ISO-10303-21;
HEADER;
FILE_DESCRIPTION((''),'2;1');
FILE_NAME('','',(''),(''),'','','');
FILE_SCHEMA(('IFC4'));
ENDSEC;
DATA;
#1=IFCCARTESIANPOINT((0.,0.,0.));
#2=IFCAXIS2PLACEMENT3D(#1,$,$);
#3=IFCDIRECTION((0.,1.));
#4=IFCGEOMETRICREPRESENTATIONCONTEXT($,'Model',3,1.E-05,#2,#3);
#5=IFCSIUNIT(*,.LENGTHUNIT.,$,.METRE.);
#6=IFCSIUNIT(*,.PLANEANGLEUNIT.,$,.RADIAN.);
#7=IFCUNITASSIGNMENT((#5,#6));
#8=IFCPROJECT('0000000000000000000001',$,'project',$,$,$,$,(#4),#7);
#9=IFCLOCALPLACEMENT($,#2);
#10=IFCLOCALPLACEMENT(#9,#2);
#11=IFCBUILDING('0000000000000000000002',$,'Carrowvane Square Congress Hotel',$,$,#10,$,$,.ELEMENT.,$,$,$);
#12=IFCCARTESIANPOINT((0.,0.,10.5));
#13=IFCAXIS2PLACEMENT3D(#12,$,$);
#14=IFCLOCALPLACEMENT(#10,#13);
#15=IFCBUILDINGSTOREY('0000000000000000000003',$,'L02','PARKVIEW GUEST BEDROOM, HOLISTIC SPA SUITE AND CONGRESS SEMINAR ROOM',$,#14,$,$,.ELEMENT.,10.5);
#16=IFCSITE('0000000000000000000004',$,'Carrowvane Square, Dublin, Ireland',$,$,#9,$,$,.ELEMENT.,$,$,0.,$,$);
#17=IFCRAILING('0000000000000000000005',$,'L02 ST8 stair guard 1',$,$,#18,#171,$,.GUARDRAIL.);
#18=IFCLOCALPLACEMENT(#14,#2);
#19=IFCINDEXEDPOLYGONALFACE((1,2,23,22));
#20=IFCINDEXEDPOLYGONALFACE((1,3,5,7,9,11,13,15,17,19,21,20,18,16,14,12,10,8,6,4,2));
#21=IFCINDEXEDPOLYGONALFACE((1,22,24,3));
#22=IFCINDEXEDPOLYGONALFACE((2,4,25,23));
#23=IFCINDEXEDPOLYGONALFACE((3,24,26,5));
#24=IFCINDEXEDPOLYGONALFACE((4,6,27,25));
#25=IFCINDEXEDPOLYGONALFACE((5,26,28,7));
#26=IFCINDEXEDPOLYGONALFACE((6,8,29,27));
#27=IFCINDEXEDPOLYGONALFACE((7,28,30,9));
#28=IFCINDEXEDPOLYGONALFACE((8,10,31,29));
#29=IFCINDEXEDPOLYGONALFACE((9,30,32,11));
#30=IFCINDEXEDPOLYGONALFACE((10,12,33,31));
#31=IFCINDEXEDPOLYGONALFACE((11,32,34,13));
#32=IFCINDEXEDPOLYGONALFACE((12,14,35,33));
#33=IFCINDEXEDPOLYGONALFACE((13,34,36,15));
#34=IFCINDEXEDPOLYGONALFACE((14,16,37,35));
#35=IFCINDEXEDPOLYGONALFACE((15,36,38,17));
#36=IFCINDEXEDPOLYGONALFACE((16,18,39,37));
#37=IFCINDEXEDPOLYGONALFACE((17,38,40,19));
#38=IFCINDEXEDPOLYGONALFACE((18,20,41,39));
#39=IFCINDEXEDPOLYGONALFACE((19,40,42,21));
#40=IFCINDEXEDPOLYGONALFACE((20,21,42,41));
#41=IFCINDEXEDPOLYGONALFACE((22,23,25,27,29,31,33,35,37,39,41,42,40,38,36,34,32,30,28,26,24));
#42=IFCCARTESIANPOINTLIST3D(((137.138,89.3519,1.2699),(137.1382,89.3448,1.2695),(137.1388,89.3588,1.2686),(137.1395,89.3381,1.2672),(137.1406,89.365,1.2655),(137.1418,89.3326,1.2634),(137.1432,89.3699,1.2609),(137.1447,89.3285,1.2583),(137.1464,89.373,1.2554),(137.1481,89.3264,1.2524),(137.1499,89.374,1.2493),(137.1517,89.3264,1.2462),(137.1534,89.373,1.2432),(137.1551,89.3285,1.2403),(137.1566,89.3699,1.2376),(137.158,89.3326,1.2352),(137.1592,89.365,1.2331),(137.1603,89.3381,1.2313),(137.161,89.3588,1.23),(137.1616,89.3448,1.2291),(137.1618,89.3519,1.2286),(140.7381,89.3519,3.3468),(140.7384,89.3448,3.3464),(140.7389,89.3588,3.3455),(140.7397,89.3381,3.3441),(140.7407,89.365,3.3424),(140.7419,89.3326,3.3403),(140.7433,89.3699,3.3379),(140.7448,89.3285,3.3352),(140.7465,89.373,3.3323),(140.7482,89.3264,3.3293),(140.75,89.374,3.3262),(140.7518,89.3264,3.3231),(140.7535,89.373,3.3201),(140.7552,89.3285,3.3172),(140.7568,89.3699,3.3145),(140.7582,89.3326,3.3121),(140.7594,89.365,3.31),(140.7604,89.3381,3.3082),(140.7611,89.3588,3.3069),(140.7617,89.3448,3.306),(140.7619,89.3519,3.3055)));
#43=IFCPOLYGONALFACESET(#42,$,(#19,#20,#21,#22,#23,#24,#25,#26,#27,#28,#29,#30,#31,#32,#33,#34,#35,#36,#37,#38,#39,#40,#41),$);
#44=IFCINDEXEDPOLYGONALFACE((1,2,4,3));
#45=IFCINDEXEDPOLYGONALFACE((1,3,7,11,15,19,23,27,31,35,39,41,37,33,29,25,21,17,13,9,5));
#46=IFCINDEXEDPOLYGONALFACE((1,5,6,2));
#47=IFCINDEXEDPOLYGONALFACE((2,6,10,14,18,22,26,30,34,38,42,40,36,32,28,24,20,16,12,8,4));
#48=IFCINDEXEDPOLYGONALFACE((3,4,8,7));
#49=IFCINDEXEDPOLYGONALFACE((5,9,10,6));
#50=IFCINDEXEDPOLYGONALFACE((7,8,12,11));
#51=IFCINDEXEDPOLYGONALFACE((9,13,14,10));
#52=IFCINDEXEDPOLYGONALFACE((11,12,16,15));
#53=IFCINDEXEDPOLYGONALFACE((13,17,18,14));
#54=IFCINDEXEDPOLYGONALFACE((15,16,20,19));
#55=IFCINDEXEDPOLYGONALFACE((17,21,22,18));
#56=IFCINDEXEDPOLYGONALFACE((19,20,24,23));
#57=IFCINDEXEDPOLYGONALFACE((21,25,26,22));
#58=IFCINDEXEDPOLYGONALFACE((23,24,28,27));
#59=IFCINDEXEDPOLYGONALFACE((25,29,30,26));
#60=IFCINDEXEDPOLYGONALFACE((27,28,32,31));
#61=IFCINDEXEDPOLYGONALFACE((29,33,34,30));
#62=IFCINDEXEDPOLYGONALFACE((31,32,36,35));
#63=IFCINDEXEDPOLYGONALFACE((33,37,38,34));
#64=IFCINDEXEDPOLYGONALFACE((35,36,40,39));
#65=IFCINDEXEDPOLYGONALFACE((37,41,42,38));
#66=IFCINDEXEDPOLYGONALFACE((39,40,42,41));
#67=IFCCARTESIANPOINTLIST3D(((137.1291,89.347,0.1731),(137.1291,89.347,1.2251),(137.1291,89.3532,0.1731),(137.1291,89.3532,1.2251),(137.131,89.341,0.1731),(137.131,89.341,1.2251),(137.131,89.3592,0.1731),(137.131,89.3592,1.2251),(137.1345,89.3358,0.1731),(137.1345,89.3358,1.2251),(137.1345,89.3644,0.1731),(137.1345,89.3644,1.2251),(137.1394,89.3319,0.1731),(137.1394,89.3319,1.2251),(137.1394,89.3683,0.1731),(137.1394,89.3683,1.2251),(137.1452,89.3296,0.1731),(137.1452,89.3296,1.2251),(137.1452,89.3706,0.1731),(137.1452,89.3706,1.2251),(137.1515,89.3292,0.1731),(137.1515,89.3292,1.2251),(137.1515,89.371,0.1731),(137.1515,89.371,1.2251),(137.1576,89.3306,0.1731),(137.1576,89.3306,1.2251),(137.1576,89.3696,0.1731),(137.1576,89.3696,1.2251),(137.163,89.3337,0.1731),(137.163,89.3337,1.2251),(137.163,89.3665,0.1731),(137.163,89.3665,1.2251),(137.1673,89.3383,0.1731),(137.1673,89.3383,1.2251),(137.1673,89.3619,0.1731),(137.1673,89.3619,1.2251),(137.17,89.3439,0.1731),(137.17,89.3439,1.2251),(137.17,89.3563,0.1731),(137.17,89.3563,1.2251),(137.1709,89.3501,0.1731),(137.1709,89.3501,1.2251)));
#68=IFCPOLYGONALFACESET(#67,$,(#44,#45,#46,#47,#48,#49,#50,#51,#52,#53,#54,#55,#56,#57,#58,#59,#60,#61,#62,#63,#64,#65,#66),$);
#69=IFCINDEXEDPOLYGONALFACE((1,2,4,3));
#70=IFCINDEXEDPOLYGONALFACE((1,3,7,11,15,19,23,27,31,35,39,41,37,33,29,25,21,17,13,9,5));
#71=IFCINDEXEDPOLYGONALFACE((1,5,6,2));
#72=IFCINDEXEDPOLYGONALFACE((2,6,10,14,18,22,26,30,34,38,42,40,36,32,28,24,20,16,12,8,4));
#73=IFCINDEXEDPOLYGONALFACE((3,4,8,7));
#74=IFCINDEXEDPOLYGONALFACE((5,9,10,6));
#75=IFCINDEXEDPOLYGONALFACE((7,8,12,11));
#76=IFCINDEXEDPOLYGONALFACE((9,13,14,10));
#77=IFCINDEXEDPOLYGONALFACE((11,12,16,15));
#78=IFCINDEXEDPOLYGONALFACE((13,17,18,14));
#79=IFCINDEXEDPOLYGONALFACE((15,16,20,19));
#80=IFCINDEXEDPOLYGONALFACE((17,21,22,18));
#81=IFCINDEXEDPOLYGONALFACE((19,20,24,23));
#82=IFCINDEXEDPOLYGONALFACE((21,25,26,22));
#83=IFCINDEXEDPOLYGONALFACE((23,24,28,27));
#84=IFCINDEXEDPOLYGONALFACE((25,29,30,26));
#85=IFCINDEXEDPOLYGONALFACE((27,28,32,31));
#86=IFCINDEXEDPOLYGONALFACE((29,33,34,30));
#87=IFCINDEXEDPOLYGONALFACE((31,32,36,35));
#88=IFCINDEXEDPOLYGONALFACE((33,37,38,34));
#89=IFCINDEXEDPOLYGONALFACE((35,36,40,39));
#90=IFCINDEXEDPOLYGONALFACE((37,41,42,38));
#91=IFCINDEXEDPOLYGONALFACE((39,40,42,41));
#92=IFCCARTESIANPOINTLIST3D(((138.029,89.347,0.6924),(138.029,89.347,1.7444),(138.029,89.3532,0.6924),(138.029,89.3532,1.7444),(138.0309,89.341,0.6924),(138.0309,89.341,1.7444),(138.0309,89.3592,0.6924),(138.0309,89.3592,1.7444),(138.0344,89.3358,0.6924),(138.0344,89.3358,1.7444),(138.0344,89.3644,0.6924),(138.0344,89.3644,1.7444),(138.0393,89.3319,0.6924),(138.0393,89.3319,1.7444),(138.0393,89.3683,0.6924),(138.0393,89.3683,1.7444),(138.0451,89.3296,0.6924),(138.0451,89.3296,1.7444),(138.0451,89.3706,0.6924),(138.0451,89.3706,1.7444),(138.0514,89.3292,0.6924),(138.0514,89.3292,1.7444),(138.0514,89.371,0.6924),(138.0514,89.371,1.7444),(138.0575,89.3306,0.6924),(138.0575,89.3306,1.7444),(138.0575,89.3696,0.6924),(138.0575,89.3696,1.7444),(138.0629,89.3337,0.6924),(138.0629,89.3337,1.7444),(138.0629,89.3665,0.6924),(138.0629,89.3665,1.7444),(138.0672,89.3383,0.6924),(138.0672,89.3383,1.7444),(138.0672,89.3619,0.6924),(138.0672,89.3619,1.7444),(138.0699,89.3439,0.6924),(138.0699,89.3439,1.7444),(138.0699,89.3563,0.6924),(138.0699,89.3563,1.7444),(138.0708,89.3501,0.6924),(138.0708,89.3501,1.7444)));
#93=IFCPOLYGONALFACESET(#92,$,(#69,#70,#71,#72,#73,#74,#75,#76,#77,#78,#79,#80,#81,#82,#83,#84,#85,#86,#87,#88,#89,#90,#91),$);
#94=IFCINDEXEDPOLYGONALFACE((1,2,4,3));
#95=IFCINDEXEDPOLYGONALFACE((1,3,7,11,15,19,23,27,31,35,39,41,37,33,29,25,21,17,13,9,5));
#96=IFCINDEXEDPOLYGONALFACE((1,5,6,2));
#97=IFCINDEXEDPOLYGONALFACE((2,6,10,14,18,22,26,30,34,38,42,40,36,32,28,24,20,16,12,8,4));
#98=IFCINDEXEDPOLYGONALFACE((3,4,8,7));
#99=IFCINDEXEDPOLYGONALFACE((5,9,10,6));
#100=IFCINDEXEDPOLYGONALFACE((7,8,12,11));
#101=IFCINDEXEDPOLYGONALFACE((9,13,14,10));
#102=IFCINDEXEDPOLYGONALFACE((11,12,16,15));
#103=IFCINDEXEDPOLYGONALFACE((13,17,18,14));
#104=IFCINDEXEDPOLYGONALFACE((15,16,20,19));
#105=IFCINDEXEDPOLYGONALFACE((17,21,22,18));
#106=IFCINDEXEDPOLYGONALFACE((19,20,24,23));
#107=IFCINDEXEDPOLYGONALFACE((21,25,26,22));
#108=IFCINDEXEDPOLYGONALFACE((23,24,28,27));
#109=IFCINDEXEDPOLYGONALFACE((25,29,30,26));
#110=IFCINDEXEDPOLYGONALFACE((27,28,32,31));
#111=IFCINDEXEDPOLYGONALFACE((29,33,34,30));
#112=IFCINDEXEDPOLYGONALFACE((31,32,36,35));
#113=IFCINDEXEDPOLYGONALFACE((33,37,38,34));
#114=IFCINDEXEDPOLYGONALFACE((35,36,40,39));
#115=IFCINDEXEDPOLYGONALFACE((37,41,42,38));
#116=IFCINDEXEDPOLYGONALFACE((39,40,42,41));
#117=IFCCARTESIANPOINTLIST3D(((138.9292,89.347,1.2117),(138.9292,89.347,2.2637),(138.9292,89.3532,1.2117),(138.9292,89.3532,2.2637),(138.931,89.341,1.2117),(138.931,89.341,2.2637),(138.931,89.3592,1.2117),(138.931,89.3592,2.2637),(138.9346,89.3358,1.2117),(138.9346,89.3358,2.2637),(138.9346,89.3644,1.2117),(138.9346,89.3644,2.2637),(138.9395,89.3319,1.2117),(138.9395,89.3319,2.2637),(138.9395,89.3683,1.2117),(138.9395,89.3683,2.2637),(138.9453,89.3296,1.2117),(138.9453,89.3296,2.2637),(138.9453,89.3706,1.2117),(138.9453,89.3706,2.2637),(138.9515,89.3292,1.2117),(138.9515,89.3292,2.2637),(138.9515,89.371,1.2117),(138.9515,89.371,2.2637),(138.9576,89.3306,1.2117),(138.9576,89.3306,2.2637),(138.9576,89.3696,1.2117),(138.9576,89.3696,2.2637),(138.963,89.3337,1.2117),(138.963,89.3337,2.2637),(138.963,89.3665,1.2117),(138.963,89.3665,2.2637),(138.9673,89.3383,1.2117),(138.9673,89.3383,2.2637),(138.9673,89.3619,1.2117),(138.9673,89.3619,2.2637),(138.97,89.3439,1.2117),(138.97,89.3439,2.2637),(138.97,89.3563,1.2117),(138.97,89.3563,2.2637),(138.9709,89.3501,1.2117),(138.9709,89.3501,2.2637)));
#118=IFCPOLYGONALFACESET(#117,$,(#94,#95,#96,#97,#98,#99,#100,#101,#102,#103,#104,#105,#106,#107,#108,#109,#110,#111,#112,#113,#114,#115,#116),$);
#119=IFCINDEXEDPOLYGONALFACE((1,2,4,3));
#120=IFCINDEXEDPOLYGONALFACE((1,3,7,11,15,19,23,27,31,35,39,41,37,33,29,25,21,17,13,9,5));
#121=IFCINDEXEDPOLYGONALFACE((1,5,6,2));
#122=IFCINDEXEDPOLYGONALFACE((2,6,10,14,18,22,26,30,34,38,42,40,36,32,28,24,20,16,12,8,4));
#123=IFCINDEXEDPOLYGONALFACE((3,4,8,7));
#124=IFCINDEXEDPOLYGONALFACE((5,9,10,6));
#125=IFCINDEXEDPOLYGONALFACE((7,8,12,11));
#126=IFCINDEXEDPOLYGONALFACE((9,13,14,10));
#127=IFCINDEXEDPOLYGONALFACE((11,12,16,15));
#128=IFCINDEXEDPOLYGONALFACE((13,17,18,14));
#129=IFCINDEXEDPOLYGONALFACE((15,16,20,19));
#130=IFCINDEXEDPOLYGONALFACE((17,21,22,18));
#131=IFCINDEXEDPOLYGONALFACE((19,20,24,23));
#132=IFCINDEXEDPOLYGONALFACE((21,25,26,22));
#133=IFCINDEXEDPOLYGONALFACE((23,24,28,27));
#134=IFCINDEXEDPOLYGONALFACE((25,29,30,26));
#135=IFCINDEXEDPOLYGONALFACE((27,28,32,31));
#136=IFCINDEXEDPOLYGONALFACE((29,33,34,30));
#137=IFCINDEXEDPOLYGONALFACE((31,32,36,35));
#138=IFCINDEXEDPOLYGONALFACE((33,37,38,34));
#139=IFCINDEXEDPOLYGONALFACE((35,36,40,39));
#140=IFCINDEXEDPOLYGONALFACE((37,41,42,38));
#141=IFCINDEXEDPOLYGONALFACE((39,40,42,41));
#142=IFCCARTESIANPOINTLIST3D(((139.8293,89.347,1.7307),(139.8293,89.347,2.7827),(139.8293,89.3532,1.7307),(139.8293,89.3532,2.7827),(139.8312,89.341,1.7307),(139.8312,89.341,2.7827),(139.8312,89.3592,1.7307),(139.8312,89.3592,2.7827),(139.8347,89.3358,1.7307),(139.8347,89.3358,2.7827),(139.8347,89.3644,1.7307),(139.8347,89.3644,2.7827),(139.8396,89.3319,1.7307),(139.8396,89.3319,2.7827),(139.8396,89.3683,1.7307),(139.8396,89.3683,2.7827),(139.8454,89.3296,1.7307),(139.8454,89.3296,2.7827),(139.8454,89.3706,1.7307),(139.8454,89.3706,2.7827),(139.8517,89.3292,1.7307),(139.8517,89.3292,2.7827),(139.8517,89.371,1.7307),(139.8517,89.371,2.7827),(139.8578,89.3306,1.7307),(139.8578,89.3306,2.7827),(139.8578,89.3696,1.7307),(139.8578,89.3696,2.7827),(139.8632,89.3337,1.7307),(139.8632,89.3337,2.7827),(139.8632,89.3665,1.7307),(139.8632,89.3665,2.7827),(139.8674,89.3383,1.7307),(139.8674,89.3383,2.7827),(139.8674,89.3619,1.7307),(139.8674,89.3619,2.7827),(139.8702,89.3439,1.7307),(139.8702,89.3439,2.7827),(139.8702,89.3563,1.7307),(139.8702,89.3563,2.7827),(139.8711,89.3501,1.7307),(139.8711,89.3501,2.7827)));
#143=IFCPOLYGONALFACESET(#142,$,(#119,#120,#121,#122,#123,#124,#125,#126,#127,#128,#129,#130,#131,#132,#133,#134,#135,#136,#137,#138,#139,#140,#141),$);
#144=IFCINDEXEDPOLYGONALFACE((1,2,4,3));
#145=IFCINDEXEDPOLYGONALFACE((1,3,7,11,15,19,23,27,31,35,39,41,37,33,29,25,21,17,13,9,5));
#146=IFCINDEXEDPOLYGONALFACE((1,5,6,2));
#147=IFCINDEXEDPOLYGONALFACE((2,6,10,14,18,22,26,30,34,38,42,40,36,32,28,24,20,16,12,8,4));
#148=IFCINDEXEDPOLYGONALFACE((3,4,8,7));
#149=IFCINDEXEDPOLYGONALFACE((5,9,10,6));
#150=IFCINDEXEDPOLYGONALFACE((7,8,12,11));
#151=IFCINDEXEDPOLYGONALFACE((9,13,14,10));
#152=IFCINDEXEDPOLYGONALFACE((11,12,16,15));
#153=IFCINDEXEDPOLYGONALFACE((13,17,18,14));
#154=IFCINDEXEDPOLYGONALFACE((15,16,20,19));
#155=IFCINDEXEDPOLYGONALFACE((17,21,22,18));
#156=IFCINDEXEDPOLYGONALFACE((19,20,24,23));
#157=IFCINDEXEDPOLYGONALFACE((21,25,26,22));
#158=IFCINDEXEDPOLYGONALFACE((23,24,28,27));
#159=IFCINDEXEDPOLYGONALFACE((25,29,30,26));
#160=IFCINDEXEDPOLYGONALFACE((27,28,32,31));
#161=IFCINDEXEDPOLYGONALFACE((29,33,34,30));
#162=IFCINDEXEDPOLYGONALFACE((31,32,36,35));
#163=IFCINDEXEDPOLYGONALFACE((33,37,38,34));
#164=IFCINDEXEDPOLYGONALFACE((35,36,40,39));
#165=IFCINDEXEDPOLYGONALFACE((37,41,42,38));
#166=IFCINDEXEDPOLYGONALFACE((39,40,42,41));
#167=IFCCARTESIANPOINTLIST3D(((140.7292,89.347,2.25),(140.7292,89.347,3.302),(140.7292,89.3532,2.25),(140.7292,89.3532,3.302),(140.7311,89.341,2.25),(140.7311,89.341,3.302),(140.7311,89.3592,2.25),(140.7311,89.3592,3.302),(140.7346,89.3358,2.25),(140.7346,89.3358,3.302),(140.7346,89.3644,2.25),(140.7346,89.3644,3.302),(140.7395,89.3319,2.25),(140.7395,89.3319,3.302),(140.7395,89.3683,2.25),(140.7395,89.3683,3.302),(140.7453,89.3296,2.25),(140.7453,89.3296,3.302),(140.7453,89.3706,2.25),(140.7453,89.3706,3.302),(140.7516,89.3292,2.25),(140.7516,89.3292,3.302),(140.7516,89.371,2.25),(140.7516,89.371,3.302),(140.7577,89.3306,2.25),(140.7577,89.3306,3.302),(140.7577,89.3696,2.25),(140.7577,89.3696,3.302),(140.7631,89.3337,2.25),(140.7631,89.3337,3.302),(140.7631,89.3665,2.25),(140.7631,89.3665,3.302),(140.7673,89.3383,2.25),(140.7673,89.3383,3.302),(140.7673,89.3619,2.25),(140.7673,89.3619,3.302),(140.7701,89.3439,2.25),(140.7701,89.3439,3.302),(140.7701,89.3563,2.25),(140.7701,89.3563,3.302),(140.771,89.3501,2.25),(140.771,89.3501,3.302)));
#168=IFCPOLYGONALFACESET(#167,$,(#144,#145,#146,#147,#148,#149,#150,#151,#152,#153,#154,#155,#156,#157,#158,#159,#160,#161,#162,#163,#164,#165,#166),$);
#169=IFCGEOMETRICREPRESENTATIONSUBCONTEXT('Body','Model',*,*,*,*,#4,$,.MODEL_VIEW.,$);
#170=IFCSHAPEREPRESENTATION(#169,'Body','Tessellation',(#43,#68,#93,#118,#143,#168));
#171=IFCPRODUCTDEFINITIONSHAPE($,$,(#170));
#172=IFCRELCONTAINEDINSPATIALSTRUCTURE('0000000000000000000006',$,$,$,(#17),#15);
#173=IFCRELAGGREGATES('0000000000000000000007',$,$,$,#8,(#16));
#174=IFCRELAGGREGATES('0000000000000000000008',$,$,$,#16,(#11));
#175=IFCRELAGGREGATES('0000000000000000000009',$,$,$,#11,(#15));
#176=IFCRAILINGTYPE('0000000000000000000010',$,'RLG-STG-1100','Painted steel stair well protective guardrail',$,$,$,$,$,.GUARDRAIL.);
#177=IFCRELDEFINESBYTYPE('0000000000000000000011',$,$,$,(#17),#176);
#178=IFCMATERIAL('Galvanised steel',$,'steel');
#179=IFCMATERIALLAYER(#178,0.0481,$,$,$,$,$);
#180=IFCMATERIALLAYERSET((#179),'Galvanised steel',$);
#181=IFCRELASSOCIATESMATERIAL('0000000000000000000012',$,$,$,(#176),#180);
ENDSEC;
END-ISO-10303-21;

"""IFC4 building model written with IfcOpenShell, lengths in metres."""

from ifc_helpers import new_model, si_unit, direction, frame, origin, origin_2d, place, context, subcontext, project, spatial, circle, extrude, material, layer, layer_set, type_object, element, save


model = new_model("IFC4")

# Units and contexts
model_context = context("Model", 3, precision=1e-05, world=origin(), true_north=direction((0.0, 1.0)))
body_context = subcontext(model_context, "Body", "Model", "MODEL_VIEW")
ifc_project = project(units=[si_unit("LENGTHUNIT", "METRE"), si_unit("PLANEANGLEUNIT", "RADIAN")], contexts=[model_context])

# Site, building, storey
site_placement = place(None, origin())
site = spatial("IfcSite", under=ifc_project, at=site_placement, Name="Carrowvane Square, Dublin, Ireland", CompositionType="ELEMENT", RefElevation=0.0)
building_placement = place(site_placement, origin())
building = spatial("IfcBuilding", under=site, at=building_placement, Name="Carrowvane Square Congress Hotel", CompositionType="ELEMENT")
storey_placement = place(building_placement, frame((0.0, 0.0, 10.5)))
storey = spatial("IfcBuildingStorey", under=building, at=storey_placement, Name="L02", Description="PARKVIEW GUEST BEDROOM, HOLISTIC SPA SUITE AND CONGRESS SEMINAR ROOM", CompositionType="ELEMENT", Elevation=10.5)

# Railing
ifc_material_1 = material(Name="Galvanised steel", Category="steel")
ifc_layer_1 = layer(ifc_material_1, 0.0481)
ifc_layer_set_1 = layer_set([ifc_layer_1], Name="Galvanised steel")
railing_type_1 = type_object("IfcRailingType", Name="RLG-STG-1100", Description="Painted steel stair well protective guardrail", PredefinedType="GUARDRAIL", material=ifc_layer_set_1)
railing_1_placement = place(storey_placement, frame((137.1499, 89.3501, 0.1731)))
element("IfcRailing", 1, at=railing_1_placement, inside=storey, type_object=railing_type_1, Name="L02 ST8 stair guard 1", PredefinedType="GUARDRAIL", context=body_context, shape_type="SweptSolid", body=[
    extrude(circle(Radius=0.0239, at=origin_2d()), frame((0.0, 0.0, 1.0762), z_axis=(0.866193, 0.0, 0.499709), x_axis=(0.0, 1.0, 0.0)), (0.0, 0.0, 1.0), 4.1562),
    extrude(circle(Radius=0.021, at=origin_2d()), origin(), (0.0, 0.0, 1.0), 1.052),
    extrude(circle(Radius=0.021, at=origin_2d()), frame((0.8999, 0.0, 0.5193)), (0.0, 0.0, 1.0), 1.052),
    extrude(circle(Radius=0.021, at=origin_2d()), frame((1.8, 0.0, 1.0386)), (0.0, 0.0, 1.0), 1.052),
    extrude(circle(Radius=0.021, at=origin_2d()), frame((2.7002, 0.0, 1.5576)), (0.0, 0.0, 1.0), 1.052),
    extrude(circle(Radius=0.021, at=origin_2d()), frame((3.6001, 0.0, 2.0769)), (0.0, 0.0, 1.0), 1.052),
])

save(model, "model.ifc")
